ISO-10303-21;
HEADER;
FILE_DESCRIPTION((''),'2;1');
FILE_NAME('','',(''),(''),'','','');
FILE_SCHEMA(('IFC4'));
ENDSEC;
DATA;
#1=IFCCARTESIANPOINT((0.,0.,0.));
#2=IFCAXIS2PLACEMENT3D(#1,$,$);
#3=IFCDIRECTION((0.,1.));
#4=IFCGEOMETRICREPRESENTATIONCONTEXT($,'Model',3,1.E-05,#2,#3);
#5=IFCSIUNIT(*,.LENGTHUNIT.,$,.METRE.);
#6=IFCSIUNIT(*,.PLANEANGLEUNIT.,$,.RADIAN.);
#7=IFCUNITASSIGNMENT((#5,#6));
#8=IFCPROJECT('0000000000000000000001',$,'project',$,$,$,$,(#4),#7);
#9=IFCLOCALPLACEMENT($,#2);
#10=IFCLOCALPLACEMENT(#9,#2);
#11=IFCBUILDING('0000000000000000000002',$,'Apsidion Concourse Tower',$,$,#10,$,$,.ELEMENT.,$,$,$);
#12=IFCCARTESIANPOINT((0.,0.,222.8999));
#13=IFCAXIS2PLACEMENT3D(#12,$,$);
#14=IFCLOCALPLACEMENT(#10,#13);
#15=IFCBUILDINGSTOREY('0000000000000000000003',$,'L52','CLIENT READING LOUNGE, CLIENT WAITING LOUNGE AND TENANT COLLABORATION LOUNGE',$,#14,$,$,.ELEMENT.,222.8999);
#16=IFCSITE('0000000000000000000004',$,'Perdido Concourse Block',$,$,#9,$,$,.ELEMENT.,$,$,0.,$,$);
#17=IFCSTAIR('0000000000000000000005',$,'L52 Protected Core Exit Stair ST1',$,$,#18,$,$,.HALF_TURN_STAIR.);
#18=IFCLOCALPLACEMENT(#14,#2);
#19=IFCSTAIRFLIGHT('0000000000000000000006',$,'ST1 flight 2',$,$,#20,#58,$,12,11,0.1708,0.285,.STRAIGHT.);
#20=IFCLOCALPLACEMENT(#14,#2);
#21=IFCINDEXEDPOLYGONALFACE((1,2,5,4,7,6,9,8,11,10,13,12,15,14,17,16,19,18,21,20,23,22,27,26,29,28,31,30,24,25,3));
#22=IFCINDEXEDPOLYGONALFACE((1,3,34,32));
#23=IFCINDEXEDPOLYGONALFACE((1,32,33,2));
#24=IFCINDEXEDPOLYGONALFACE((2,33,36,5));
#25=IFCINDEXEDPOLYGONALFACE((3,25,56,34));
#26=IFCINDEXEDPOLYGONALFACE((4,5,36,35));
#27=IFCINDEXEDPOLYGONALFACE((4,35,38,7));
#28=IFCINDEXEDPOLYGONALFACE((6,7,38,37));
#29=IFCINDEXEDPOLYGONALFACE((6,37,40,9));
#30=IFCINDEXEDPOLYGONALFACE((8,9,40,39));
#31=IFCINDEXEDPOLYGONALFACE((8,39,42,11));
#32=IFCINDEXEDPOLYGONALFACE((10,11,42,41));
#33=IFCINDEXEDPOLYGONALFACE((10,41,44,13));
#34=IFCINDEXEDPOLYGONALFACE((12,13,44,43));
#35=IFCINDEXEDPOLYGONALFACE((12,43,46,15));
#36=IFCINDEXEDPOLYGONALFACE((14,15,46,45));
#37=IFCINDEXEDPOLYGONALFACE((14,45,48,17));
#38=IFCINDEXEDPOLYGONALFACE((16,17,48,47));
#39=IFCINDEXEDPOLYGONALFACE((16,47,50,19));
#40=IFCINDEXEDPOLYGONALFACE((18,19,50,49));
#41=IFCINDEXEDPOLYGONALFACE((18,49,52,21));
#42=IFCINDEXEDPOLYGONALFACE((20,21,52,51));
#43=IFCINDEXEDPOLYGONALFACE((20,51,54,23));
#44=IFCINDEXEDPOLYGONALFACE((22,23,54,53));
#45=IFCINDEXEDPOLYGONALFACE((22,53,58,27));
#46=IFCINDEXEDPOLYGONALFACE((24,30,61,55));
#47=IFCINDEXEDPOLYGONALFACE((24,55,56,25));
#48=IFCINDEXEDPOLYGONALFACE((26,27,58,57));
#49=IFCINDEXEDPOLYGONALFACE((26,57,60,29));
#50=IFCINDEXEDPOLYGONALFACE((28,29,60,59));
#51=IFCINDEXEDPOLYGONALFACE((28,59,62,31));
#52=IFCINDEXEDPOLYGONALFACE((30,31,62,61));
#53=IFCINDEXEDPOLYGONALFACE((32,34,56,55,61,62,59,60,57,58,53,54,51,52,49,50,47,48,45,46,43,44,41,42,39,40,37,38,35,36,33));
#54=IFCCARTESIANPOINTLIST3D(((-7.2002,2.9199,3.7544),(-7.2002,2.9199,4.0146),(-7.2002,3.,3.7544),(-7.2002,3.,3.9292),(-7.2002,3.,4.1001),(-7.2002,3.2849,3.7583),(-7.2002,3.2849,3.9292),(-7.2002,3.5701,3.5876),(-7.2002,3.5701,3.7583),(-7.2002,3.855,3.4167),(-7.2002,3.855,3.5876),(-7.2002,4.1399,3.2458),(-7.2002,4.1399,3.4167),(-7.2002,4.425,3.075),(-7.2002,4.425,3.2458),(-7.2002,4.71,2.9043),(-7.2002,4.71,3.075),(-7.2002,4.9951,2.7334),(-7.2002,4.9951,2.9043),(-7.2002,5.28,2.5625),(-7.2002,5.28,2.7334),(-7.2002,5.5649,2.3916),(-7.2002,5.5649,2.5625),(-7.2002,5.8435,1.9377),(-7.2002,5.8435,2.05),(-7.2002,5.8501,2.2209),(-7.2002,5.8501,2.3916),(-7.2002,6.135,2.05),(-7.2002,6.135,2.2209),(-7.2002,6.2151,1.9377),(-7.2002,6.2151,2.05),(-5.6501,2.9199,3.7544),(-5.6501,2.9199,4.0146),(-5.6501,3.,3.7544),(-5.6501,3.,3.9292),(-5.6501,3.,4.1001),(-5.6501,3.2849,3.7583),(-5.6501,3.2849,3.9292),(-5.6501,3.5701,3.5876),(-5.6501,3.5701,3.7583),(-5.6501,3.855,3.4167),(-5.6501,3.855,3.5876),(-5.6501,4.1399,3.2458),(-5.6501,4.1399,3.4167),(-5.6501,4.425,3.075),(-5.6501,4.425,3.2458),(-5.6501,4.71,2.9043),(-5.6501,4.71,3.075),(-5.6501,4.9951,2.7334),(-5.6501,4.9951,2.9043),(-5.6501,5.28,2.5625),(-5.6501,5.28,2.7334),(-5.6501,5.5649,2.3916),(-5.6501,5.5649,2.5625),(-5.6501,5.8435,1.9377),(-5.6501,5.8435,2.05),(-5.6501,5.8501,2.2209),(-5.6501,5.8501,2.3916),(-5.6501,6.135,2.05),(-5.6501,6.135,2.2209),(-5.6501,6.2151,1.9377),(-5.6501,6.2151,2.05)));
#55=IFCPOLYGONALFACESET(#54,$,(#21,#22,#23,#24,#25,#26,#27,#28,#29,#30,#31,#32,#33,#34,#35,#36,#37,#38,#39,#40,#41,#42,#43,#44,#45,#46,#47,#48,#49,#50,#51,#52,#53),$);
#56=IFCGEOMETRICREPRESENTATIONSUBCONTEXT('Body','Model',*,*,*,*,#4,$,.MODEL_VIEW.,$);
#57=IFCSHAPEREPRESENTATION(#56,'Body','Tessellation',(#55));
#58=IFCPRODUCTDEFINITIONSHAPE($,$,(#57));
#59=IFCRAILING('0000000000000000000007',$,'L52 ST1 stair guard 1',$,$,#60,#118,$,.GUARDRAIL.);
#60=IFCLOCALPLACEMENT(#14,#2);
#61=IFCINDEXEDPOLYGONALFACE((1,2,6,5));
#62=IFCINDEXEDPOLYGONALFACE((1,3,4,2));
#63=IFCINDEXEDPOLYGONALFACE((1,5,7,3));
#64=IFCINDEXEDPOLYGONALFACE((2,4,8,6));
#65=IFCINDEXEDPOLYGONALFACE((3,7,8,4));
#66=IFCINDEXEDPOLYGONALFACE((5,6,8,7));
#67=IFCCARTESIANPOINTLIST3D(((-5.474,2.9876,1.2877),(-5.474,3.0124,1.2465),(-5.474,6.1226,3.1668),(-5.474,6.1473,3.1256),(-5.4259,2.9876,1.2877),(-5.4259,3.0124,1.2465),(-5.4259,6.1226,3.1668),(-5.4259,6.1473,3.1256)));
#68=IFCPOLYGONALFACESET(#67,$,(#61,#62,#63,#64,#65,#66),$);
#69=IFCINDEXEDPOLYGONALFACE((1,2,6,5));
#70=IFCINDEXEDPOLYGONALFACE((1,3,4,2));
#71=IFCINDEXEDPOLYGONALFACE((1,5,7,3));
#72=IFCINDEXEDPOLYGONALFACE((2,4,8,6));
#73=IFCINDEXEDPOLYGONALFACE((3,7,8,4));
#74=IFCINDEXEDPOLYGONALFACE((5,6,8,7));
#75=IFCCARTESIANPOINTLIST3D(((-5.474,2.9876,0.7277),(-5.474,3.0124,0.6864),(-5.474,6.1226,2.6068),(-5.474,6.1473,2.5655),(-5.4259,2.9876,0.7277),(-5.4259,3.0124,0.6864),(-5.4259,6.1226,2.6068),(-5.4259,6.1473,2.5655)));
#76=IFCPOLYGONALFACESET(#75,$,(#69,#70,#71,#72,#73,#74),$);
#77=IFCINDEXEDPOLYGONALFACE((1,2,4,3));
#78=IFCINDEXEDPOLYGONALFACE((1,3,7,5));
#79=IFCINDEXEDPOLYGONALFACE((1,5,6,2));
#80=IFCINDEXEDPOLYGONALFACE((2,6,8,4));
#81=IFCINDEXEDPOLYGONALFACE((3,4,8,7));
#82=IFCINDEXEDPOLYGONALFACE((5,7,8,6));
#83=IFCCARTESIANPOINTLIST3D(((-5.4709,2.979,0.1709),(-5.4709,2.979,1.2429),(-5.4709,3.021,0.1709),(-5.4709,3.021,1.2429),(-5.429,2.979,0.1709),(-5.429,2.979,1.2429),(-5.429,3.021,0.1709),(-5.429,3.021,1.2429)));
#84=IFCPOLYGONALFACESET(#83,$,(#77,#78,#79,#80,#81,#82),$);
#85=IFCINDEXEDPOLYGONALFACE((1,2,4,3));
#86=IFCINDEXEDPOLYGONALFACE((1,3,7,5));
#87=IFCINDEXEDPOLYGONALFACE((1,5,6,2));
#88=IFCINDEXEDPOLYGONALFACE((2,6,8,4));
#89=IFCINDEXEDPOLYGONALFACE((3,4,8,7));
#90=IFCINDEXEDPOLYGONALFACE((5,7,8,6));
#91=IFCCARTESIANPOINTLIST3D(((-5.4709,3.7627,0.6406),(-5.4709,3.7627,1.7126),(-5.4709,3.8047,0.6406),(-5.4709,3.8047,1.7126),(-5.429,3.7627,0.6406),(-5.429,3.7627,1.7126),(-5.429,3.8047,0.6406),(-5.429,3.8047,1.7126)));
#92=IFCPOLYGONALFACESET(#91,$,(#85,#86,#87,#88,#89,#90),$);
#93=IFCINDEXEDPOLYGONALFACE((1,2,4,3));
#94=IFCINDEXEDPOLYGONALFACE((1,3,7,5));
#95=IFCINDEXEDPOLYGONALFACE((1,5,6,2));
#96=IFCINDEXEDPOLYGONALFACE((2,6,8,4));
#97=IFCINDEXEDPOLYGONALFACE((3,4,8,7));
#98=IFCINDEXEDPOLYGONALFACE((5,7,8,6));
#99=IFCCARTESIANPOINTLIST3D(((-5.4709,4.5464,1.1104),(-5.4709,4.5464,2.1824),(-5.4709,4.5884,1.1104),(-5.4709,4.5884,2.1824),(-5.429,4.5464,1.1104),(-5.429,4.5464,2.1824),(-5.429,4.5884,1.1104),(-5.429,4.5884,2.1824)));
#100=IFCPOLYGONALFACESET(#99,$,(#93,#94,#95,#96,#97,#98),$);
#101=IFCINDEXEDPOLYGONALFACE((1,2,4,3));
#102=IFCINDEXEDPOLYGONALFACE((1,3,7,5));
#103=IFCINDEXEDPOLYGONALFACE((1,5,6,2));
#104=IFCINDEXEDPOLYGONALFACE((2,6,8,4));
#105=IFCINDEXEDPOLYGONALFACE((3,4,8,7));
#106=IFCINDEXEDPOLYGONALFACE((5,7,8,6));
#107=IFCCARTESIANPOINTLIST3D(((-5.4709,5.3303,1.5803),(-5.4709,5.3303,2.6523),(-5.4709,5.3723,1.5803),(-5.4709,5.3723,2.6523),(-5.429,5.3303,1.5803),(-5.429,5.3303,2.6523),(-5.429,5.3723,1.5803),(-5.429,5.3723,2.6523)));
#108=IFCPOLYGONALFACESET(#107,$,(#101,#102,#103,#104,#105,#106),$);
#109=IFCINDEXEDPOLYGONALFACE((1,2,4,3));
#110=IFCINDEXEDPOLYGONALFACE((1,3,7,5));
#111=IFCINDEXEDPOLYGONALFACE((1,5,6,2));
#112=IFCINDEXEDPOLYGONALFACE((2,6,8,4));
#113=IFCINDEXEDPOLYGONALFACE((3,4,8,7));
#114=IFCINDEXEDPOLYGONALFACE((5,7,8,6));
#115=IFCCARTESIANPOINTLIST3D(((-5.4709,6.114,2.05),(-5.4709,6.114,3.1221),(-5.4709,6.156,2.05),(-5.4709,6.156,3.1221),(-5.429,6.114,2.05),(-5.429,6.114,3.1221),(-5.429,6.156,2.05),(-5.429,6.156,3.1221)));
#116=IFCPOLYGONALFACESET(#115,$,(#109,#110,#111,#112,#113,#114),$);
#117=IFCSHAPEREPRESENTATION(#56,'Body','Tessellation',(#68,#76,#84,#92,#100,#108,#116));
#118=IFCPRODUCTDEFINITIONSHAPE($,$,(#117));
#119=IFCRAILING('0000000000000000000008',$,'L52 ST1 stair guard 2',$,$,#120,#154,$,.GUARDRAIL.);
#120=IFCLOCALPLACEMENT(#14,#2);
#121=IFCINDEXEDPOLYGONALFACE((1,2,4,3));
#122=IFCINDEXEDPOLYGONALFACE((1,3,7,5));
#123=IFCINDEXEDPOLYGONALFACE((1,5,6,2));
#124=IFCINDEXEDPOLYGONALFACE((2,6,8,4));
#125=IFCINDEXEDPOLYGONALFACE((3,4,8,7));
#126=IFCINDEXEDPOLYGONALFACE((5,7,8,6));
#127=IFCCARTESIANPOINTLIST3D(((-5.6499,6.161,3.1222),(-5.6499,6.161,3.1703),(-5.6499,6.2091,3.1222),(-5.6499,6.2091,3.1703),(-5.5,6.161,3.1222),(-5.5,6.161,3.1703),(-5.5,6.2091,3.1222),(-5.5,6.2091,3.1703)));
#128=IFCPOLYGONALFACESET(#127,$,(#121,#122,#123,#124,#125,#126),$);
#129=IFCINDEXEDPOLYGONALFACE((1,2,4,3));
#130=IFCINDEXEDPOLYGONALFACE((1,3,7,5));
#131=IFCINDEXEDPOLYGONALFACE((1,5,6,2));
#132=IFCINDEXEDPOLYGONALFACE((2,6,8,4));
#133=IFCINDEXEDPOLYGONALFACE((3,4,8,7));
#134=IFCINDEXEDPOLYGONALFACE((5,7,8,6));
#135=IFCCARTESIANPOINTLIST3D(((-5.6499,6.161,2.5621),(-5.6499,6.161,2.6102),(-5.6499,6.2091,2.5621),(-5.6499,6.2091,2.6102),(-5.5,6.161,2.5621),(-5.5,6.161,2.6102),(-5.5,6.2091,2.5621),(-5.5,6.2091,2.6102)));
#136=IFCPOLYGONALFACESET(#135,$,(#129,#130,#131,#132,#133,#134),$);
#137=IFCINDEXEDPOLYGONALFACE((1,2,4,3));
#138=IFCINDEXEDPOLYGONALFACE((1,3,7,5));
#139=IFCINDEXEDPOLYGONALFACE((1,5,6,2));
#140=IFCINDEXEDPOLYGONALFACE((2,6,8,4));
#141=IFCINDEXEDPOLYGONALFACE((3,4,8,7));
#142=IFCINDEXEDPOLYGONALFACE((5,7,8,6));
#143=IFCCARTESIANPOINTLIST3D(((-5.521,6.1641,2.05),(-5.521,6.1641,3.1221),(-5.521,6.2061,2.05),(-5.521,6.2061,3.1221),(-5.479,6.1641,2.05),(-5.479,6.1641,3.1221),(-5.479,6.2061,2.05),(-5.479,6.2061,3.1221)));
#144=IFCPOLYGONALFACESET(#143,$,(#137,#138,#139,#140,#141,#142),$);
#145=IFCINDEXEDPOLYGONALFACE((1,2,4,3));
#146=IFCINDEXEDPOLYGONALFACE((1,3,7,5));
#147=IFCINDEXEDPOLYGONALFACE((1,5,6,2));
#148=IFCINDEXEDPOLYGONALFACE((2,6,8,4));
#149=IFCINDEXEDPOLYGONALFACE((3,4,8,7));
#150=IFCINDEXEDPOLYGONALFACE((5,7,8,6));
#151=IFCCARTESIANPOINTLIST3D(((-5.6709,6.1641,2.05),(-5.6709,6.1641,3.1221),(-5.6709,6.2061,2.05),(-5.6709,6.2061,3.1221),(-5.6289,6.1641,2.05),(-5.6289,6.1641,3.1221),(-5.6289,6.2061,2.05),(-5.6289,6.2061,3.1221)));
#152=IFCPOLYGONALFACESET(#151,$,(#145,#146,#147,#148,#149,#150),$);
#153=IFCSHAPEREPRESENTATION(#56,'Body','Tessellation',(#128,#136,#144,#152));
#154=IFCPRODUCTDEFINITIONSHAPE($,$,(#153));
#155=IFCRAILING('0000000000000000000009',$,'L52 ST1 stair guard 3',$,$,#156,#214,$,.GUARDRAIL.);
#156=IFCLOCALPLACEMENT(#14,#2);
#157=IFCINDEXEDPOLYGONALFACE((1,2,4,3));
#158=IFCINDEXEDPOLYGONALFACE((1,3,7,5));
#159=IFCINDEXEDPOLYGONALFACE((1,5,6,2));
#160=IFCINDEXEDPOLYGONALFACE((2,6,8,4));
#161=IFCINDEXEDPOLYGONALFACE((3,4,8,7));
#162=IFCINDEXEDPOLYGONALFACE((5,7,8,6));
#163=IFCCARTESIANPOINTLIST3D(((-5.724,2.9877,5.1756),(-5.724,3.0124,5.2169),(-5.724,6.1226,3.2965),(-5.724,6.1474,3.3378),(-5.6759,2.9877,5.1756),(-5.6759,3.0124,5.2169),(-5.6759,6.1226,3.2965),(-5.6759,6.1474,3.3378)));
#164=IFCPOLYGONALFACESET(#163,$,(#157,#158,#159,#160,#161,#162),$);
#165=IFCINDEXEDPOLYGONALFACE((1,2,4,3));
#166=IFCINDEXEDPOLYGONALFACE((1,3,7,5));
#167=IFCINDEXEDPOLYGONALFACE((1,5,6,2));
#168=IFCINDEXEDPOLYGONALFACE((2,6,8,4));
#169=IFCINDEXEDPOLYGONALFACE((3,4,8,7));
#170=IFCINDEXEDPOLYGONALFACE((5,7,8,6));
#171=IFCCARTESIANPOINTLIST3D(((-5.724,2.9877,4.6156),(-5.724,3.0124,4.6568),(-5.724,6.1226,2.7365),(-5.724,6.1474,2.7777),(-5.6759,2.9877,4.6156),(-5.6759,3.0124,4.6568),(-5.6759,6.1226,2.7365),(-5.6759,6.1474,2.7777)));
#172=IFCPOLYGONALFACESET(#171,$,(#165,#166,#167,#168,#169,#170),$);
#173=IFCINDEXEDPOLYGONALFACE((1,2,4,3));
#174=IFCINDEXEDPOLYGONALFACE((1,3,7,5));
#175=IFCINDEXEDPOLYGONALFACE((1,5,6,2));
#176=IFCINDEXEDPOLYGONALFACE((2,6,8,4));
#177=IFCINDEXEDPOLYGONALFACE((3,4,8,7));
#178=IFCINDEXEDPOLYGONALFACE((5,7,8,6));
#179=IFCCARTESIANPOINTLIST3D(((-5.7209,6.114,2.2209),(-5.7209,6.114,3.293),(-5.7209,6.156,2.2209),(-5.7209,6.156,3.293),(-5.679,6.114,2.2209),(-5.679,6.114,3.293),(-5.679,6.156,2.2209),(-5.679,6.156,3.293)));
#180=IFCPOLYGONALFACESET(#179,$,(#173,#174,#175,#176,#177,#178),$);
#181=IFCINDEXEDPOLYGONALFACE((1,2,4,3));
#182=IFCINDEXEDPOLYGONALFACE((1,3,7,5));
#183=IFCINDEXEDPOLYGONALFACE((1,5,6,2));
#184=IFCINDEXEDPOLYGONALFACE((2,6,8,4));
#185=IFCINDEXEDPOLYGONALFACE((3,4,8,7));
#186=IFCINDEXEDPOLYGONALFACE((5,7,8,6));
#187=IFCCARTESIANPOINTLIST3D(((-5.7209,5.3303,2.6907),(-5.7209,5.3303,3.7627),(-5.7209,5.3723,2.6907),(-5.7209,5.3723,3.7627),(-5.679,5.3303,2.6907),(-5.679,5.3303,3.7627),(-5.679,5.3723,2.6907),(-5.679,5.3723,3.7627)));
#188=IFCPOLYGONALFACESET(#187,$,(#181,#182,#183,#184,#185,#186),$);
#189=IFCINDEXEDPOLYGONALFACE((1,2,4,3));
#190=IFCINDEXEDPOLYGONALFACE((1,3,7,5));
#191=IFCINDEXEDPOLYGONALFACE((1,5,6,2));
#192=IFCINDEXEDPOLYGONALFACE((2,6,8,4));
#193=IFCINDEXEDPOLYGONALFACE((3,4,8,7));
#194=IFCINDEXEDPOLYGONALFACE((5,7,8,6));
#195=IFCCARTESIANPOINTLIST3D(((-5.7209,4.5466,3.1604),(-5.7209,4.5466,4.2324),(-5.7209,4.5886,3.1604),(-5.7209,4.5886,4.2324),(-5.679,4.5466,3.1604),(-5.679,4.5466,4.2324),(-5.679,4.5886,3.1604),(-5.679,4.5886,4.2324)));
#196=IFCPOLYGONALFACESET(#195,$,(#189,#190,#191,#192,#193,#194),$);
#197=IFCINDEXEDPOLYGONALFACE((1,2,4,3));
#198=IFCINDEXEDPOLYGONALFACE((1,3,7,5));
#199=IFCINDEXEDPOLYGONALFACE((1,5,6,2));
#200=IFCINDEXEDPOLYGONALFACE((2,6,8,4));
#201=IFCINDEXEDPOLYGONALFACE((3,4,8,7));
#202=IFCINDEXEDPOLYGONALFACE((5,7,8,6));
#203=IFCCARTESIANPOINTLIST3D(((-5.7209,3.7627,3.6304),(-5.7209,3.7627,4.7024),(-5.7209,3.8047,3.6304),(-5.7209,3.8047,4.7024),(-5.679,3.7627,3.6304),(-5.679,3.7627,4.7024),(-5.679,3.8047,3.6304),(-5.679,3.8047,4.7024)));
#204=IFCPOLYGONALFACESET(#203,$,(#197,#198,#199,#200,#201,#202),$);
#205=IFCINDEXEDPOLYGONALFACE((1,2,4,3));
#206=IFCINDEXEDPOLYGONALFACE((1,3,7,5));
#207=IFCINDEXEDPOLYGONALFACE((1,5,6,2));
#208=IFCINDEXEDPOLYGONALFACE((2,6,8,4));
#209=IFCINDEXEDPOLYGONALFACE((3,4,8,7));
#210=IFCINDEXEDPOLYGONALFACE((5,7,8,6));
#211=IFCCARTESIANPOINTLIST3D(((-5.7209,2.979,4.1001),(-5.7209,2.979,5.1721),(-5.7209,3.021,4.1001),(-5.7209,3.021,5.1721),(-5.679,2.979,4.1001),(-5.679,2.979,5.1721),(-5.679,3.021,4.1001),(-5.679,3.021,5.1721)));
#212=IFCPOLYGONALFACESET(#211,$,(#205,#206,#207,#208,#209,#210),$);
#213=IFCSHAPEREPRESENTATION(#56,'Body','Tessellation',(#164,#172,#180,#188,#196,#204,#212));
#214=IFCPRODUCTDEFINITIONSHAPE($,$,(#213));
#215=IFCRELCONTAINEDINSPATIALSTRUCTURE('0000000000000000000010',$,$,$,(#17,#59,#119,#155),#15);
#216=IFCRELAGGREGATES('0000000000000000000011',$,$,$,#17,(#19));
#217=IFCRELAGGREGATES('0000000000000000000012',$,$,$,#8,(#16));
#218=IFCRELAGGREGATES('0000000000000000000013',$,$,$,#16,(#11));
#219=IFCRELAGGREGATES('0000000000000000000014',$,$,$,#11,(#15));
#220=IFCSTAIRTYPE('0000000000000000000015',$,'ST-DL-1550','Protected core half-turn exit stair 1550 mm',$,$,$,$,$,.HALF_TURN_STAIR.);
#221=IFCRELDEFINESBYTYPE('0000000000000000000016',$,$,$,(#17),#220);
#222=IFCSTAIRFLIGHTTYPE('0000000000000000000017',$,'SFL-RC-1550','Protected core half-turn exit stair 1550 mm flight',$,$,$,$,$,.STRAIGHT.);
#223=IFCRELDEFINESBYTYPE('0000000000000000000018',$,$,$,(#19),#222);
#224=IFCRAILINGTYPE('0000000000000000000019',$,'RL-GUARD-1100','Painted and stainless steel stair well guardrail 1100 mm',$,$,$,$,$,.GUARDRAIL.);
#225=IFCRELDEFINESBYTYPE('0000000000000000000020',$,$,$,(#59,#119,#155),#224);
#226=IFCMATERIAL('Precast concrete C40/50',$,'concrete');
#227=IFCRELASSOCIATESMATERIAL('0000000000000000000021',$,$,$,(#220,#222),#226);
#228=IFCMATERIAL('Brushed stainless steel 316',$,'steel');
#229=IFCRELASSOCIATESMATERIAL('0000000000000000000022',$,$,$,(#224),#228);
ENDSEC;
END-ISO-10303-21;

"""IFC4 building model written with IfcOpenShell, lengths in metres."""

from ifc_helpers import new_model, si_unit, direction, frame, origin, origin_2d, place, context, subcontext, project, spatial, polyline, rectangle, outline, extrude, material, type_object, element, aggregate, save


model = new_model("IFC4")

# Units and contexts
model_context = context("Model", 3, precision=1e-05, world=origin(), true_north=direction((0.0, 1.0)))
body_context = subcontext(model_context, "Body", "Model", "MODEL_VIEW")
ifc_project = project(units=[si_unit("LENGTHUNIT", "METRE"), si_unit("PLANEANGLEUNIT", "RADIAN")], contexts=[model_context])

# Site, building, storey
site_placement = place(None, origin())
site = spatial("IfcSite", under=ifc_project, at=site_placement, Name="Perdido Concourse Block", CompositionType="ELEMENT", RefElevation=0.0)
building_placement = place(site_placement, origin())
building = spatial("IfcBuilding", under=site, at=building_placement, Name="Apsidion Concourse Tower", CompositionType="ELEMENT")
storey_placement = place(building_placement, frame((0.0, 0.0, 222.8999)))
storey = spatial("IfcBuildingStorey", under=building, at=storey_placement, Name="L52", Description="CLIENT READING LOUNGE, CLIENT WAITING LOUNGE AND TENANT COLLABORATION LOUNGE", CompositionType="ELEMENT", Elevation=222.8999)

# Shared definitions
ifc_material_1 = material(Name="Brushed stainless steel 316", Category="steel")

# Stair, stair flight
ifc_material_2 = material(Name="Precast concrete C40/50", Category="concrete")
stair_type = type_object("IfcStairType", Name="ST-DL-1550", Description="Protected core half-turn exit stair 1550 mm", PredefinedType="HALF_TURN_STAIR", material=ifc_material_2)
stair_placement = place(storey_placement, origin())
stair = element("IfcStair", 1, at=stair_placement, inside=storey, type_object=stair_type, Name="L52 Protected Core Exit Stair ST1", PredefinedType="HALF_TURN_STAIR")
stair_flight_type = type_object("IfcStairFlightType", Name="SFL-RC-1550", Description="Protected core half-turn exit stair 1550 mm flight", PredefinedType="STRAIGHT", material=ifc_material_2)
stair_flight_1_placement = place(storey_placement, frame((-6.425, 6.135, 2.05), z_axis=(0.0, 0.0, 1.0), x_axis=(0.0, -1.0, 0.0)))
stair_flight_1 = element("IfcStairFlight", 2, at=stair_flight_1_placement, type_object=stair_flight_type, Name="ST1 flight 2", NumberOfRisers=12, NumberOfTreads=11, PredefinedType="STRAIGHT", RiserHeight=0.1708, TreadLength=0.285, context=body_context, shape_type="SweptSolid", body=[
    extrude(outline(polyline([(-0.0801, -0.1123), (-0.0801, 0.0), (0.0, 0.0), (0.0, 0.1709), (0.2849, 0.1709), (0.2849, 0.3416), (0.5701, 0.3416), (0.5701, 0.5125), (0.855, 0.5125), (0.855, 0.6833), (1.1399, 0.6833), (1.1399, 0.8542), (1.425, 0.8542), (1.425, 1.0249), (1.71, 1.0249), (1.71, 1.1958), (1.9951, 1.1958), (1.9951, 1.3667), (2.28, 1.3667), (2.28, 1.5376), (2.5649, 1.5376), (2.5649, 1.7083), (2.8501, 1.7083), (2.8501, 1.8792), (3.135, 1.8792), (3.135, 2.05), (3.2151, 1.9646), (3.2151, 1.7043), (3.135, 1.7043), (0.2915, 0.0), (0.2915, -0.1123), (-0.0801, -0.1123)])), frame((0.0, 0.7749, 0.0), z_axis=(0.0, -1.0, 0.0), x_axis=(1.0, 0.0, 0.0)), (0.0, 0.0, 1.0), 1.55),
])
aggregate(stair, [stair_flight_1])

# Railings
railing_type_1 = type_object("IfcRailingType", Name="RL-GUARD-1100", Description="Painted and stainless steel stair well guardrail 1100 mm", PredefinedType="GUARDRAIL", material=ifc_material_1)
railing_1_placement = place(storey_placement, frame((-5.45, 3.0, 0.1709)))
element("IfcRailing", 3, at=railing_1_placement, inside=storey, type_object=railing_type_1, Name="L52 ST1 stair guard 1", PredefinedType="GUARDRAIL", context=body_context, shape_type="SweptSolid", body=[
    extrude(rectangle(XDim=0.0481, YDim=0.0481, at=origin_2d()), frame((0.0, 0.0, 1.0962), z_axis=(0.0, 0.857717, 0.514122), x_axis=(-1.0, 0.0, 0.0)), (0.0, 0.0, 1.0), 3.655),
    extrude(rectangle(XDim=0.0481, YDim=0.0481, at=origin_2d()), frame((0.0, 0.0, 0.5361), z_axis=(0.0, 0.857717, 0.514122), x_axis=(-1.0, 0.0, 0.0)), (0.0, 0.0, 1.0), 3.655),
    extrude(rectangle(XDim=0.042, YDim=0.042, at=origin_2d()), origin(), (0.0, 0.0, 1.0), 1.072),
    extrude(rectangle(XDim=0.042, YDim=0.042, at=origin_2d()), frame((0.0, 0.7837, 0.4697)), (0.0, 0.0, 1.0), 1.072),
    extrude(rectangle(XDim=0.042, YDim=0.042, at=origin_2d()), frame((0.0, 1.5674, 0.9395)), (0.0, 0.0, 1.0), 1.072),
    extrude(rectangle(XDim=0.042, YDim=0.042, at=origin_2d()), frame((0.0, 2.3513, 1.4094)), (0.0, 0.0, 1.0), 1.072),
    extrude(rectangle(XDim=0.042, YDim=0.042, at=origin_2d()), frame((0.0, 3.135, 1.8792)), (0.0, 0.0, 1.0), 1.072),
])
railing_2_placement = place(storey_placement, frame((-5.5, 6.1851, 2.05)))
element("IfcRailing", 4, at=railing_2_placement, inside=storey, type_object=railing_type_1, Name="L52 ST1 stair guard 2", PredefinedType="GUARDRAIL", context=body_context, shape_type="SweptSolid", body=[
    extrude(rectangle(XDim=0.0481, YDim=0.0481, at=origin_2d()), frame((0.0, 0.0, 1.0962), z_axis=(-1.0, 0.0, 0.0), x_axis=(0.0, -1.0, 0.0)), (0.0, 0.0, 1.0), 0.1499),
    extrude(rectangle(XDim=0.0481, YDim=0.0481, at=origin_2d()), frame((0.0, 0.0, 0.5361), z_axis=(-1.0, 0.0, 0.0), x_axis=(0.0, -1.0, 0.0)), (0.0, 0.0, 1.0), 0.1499),
    extrude(rectangle(XDim=0.042, YDim=0.042, at=origin_2d()), origin(), (0.0, 0.0, 1.0), 1.072),
    extrude(rectangle(XDim=0.042, YDim=0.042, at=origin_2d()), frame((-0.1499, 0.0, 0.0)), (0.0, 0.0, 1.0), 1.072),
])
railing_3_placement = place(storey_placement, frame((-5.7, 6.135, 2.2209)))
element("IfcRailing", 5, at=railing_3_placement, inside=storey, type_object=railing_type_1, Name="L52 ST1 stair guard 3", PredefinedType="GUARDRAIL", context=body_context, shape_type="SweptSolid", body=[
    extrude(rectangle(XDim=0.0481, YDim=0.0481, at=origin_2d()), frame((0.0, 0.0, 1.0962), z_axis=(0.0, -0.857717, 0.514122), x_axis=(1.0, 0.0, 0.0)), (0.0, 0.0, 1.0), 3.655),
    extrude(rectangle(XDim=0.0481, YDim=0.0481, at=origin_2d()), frame((0.0, 0.0, 0.5361), z_axis=(0.0, -0.857717, 0.514122), x_axis=(1.0, 0.0, 0.0)), (0.0, 0.0, 1.0), 3.655),
    extrude(rectangle(XDim=0.042, YDim=0.042, at=origin_2d()), origin(), (0.0, 0.0, 1.0), 1.072),
    extrude(rectangle(XDim=0.042, YDim=0.042, at=origin_2d()), frame((0.0, -0.7837, 0.4697)), (0.0, 0.0, 1.0), 1.072),
    extrude(rectangle(XDim=0.042, YDim=0.042, at=origin_2d()), frame((0.0, -1.5674, 0.9395)), (0.0, 0.0, 1.0), 1.072),
    extrude(rectangle(XDim=0.042, YDim=0.042, at=origin_2d()), frame((0.0, -2.3513, 1.4094)), (0.0, 0.0, 1.0), 1.072),
    extrude(rectangle(XDim=0.042, YDim=0.042, at=origin_2d()), frame((0.0, -3.135, 1.8792)), (0.0, 0.0, 1.0), 1.072),
])

save(model, "model.ifc")
